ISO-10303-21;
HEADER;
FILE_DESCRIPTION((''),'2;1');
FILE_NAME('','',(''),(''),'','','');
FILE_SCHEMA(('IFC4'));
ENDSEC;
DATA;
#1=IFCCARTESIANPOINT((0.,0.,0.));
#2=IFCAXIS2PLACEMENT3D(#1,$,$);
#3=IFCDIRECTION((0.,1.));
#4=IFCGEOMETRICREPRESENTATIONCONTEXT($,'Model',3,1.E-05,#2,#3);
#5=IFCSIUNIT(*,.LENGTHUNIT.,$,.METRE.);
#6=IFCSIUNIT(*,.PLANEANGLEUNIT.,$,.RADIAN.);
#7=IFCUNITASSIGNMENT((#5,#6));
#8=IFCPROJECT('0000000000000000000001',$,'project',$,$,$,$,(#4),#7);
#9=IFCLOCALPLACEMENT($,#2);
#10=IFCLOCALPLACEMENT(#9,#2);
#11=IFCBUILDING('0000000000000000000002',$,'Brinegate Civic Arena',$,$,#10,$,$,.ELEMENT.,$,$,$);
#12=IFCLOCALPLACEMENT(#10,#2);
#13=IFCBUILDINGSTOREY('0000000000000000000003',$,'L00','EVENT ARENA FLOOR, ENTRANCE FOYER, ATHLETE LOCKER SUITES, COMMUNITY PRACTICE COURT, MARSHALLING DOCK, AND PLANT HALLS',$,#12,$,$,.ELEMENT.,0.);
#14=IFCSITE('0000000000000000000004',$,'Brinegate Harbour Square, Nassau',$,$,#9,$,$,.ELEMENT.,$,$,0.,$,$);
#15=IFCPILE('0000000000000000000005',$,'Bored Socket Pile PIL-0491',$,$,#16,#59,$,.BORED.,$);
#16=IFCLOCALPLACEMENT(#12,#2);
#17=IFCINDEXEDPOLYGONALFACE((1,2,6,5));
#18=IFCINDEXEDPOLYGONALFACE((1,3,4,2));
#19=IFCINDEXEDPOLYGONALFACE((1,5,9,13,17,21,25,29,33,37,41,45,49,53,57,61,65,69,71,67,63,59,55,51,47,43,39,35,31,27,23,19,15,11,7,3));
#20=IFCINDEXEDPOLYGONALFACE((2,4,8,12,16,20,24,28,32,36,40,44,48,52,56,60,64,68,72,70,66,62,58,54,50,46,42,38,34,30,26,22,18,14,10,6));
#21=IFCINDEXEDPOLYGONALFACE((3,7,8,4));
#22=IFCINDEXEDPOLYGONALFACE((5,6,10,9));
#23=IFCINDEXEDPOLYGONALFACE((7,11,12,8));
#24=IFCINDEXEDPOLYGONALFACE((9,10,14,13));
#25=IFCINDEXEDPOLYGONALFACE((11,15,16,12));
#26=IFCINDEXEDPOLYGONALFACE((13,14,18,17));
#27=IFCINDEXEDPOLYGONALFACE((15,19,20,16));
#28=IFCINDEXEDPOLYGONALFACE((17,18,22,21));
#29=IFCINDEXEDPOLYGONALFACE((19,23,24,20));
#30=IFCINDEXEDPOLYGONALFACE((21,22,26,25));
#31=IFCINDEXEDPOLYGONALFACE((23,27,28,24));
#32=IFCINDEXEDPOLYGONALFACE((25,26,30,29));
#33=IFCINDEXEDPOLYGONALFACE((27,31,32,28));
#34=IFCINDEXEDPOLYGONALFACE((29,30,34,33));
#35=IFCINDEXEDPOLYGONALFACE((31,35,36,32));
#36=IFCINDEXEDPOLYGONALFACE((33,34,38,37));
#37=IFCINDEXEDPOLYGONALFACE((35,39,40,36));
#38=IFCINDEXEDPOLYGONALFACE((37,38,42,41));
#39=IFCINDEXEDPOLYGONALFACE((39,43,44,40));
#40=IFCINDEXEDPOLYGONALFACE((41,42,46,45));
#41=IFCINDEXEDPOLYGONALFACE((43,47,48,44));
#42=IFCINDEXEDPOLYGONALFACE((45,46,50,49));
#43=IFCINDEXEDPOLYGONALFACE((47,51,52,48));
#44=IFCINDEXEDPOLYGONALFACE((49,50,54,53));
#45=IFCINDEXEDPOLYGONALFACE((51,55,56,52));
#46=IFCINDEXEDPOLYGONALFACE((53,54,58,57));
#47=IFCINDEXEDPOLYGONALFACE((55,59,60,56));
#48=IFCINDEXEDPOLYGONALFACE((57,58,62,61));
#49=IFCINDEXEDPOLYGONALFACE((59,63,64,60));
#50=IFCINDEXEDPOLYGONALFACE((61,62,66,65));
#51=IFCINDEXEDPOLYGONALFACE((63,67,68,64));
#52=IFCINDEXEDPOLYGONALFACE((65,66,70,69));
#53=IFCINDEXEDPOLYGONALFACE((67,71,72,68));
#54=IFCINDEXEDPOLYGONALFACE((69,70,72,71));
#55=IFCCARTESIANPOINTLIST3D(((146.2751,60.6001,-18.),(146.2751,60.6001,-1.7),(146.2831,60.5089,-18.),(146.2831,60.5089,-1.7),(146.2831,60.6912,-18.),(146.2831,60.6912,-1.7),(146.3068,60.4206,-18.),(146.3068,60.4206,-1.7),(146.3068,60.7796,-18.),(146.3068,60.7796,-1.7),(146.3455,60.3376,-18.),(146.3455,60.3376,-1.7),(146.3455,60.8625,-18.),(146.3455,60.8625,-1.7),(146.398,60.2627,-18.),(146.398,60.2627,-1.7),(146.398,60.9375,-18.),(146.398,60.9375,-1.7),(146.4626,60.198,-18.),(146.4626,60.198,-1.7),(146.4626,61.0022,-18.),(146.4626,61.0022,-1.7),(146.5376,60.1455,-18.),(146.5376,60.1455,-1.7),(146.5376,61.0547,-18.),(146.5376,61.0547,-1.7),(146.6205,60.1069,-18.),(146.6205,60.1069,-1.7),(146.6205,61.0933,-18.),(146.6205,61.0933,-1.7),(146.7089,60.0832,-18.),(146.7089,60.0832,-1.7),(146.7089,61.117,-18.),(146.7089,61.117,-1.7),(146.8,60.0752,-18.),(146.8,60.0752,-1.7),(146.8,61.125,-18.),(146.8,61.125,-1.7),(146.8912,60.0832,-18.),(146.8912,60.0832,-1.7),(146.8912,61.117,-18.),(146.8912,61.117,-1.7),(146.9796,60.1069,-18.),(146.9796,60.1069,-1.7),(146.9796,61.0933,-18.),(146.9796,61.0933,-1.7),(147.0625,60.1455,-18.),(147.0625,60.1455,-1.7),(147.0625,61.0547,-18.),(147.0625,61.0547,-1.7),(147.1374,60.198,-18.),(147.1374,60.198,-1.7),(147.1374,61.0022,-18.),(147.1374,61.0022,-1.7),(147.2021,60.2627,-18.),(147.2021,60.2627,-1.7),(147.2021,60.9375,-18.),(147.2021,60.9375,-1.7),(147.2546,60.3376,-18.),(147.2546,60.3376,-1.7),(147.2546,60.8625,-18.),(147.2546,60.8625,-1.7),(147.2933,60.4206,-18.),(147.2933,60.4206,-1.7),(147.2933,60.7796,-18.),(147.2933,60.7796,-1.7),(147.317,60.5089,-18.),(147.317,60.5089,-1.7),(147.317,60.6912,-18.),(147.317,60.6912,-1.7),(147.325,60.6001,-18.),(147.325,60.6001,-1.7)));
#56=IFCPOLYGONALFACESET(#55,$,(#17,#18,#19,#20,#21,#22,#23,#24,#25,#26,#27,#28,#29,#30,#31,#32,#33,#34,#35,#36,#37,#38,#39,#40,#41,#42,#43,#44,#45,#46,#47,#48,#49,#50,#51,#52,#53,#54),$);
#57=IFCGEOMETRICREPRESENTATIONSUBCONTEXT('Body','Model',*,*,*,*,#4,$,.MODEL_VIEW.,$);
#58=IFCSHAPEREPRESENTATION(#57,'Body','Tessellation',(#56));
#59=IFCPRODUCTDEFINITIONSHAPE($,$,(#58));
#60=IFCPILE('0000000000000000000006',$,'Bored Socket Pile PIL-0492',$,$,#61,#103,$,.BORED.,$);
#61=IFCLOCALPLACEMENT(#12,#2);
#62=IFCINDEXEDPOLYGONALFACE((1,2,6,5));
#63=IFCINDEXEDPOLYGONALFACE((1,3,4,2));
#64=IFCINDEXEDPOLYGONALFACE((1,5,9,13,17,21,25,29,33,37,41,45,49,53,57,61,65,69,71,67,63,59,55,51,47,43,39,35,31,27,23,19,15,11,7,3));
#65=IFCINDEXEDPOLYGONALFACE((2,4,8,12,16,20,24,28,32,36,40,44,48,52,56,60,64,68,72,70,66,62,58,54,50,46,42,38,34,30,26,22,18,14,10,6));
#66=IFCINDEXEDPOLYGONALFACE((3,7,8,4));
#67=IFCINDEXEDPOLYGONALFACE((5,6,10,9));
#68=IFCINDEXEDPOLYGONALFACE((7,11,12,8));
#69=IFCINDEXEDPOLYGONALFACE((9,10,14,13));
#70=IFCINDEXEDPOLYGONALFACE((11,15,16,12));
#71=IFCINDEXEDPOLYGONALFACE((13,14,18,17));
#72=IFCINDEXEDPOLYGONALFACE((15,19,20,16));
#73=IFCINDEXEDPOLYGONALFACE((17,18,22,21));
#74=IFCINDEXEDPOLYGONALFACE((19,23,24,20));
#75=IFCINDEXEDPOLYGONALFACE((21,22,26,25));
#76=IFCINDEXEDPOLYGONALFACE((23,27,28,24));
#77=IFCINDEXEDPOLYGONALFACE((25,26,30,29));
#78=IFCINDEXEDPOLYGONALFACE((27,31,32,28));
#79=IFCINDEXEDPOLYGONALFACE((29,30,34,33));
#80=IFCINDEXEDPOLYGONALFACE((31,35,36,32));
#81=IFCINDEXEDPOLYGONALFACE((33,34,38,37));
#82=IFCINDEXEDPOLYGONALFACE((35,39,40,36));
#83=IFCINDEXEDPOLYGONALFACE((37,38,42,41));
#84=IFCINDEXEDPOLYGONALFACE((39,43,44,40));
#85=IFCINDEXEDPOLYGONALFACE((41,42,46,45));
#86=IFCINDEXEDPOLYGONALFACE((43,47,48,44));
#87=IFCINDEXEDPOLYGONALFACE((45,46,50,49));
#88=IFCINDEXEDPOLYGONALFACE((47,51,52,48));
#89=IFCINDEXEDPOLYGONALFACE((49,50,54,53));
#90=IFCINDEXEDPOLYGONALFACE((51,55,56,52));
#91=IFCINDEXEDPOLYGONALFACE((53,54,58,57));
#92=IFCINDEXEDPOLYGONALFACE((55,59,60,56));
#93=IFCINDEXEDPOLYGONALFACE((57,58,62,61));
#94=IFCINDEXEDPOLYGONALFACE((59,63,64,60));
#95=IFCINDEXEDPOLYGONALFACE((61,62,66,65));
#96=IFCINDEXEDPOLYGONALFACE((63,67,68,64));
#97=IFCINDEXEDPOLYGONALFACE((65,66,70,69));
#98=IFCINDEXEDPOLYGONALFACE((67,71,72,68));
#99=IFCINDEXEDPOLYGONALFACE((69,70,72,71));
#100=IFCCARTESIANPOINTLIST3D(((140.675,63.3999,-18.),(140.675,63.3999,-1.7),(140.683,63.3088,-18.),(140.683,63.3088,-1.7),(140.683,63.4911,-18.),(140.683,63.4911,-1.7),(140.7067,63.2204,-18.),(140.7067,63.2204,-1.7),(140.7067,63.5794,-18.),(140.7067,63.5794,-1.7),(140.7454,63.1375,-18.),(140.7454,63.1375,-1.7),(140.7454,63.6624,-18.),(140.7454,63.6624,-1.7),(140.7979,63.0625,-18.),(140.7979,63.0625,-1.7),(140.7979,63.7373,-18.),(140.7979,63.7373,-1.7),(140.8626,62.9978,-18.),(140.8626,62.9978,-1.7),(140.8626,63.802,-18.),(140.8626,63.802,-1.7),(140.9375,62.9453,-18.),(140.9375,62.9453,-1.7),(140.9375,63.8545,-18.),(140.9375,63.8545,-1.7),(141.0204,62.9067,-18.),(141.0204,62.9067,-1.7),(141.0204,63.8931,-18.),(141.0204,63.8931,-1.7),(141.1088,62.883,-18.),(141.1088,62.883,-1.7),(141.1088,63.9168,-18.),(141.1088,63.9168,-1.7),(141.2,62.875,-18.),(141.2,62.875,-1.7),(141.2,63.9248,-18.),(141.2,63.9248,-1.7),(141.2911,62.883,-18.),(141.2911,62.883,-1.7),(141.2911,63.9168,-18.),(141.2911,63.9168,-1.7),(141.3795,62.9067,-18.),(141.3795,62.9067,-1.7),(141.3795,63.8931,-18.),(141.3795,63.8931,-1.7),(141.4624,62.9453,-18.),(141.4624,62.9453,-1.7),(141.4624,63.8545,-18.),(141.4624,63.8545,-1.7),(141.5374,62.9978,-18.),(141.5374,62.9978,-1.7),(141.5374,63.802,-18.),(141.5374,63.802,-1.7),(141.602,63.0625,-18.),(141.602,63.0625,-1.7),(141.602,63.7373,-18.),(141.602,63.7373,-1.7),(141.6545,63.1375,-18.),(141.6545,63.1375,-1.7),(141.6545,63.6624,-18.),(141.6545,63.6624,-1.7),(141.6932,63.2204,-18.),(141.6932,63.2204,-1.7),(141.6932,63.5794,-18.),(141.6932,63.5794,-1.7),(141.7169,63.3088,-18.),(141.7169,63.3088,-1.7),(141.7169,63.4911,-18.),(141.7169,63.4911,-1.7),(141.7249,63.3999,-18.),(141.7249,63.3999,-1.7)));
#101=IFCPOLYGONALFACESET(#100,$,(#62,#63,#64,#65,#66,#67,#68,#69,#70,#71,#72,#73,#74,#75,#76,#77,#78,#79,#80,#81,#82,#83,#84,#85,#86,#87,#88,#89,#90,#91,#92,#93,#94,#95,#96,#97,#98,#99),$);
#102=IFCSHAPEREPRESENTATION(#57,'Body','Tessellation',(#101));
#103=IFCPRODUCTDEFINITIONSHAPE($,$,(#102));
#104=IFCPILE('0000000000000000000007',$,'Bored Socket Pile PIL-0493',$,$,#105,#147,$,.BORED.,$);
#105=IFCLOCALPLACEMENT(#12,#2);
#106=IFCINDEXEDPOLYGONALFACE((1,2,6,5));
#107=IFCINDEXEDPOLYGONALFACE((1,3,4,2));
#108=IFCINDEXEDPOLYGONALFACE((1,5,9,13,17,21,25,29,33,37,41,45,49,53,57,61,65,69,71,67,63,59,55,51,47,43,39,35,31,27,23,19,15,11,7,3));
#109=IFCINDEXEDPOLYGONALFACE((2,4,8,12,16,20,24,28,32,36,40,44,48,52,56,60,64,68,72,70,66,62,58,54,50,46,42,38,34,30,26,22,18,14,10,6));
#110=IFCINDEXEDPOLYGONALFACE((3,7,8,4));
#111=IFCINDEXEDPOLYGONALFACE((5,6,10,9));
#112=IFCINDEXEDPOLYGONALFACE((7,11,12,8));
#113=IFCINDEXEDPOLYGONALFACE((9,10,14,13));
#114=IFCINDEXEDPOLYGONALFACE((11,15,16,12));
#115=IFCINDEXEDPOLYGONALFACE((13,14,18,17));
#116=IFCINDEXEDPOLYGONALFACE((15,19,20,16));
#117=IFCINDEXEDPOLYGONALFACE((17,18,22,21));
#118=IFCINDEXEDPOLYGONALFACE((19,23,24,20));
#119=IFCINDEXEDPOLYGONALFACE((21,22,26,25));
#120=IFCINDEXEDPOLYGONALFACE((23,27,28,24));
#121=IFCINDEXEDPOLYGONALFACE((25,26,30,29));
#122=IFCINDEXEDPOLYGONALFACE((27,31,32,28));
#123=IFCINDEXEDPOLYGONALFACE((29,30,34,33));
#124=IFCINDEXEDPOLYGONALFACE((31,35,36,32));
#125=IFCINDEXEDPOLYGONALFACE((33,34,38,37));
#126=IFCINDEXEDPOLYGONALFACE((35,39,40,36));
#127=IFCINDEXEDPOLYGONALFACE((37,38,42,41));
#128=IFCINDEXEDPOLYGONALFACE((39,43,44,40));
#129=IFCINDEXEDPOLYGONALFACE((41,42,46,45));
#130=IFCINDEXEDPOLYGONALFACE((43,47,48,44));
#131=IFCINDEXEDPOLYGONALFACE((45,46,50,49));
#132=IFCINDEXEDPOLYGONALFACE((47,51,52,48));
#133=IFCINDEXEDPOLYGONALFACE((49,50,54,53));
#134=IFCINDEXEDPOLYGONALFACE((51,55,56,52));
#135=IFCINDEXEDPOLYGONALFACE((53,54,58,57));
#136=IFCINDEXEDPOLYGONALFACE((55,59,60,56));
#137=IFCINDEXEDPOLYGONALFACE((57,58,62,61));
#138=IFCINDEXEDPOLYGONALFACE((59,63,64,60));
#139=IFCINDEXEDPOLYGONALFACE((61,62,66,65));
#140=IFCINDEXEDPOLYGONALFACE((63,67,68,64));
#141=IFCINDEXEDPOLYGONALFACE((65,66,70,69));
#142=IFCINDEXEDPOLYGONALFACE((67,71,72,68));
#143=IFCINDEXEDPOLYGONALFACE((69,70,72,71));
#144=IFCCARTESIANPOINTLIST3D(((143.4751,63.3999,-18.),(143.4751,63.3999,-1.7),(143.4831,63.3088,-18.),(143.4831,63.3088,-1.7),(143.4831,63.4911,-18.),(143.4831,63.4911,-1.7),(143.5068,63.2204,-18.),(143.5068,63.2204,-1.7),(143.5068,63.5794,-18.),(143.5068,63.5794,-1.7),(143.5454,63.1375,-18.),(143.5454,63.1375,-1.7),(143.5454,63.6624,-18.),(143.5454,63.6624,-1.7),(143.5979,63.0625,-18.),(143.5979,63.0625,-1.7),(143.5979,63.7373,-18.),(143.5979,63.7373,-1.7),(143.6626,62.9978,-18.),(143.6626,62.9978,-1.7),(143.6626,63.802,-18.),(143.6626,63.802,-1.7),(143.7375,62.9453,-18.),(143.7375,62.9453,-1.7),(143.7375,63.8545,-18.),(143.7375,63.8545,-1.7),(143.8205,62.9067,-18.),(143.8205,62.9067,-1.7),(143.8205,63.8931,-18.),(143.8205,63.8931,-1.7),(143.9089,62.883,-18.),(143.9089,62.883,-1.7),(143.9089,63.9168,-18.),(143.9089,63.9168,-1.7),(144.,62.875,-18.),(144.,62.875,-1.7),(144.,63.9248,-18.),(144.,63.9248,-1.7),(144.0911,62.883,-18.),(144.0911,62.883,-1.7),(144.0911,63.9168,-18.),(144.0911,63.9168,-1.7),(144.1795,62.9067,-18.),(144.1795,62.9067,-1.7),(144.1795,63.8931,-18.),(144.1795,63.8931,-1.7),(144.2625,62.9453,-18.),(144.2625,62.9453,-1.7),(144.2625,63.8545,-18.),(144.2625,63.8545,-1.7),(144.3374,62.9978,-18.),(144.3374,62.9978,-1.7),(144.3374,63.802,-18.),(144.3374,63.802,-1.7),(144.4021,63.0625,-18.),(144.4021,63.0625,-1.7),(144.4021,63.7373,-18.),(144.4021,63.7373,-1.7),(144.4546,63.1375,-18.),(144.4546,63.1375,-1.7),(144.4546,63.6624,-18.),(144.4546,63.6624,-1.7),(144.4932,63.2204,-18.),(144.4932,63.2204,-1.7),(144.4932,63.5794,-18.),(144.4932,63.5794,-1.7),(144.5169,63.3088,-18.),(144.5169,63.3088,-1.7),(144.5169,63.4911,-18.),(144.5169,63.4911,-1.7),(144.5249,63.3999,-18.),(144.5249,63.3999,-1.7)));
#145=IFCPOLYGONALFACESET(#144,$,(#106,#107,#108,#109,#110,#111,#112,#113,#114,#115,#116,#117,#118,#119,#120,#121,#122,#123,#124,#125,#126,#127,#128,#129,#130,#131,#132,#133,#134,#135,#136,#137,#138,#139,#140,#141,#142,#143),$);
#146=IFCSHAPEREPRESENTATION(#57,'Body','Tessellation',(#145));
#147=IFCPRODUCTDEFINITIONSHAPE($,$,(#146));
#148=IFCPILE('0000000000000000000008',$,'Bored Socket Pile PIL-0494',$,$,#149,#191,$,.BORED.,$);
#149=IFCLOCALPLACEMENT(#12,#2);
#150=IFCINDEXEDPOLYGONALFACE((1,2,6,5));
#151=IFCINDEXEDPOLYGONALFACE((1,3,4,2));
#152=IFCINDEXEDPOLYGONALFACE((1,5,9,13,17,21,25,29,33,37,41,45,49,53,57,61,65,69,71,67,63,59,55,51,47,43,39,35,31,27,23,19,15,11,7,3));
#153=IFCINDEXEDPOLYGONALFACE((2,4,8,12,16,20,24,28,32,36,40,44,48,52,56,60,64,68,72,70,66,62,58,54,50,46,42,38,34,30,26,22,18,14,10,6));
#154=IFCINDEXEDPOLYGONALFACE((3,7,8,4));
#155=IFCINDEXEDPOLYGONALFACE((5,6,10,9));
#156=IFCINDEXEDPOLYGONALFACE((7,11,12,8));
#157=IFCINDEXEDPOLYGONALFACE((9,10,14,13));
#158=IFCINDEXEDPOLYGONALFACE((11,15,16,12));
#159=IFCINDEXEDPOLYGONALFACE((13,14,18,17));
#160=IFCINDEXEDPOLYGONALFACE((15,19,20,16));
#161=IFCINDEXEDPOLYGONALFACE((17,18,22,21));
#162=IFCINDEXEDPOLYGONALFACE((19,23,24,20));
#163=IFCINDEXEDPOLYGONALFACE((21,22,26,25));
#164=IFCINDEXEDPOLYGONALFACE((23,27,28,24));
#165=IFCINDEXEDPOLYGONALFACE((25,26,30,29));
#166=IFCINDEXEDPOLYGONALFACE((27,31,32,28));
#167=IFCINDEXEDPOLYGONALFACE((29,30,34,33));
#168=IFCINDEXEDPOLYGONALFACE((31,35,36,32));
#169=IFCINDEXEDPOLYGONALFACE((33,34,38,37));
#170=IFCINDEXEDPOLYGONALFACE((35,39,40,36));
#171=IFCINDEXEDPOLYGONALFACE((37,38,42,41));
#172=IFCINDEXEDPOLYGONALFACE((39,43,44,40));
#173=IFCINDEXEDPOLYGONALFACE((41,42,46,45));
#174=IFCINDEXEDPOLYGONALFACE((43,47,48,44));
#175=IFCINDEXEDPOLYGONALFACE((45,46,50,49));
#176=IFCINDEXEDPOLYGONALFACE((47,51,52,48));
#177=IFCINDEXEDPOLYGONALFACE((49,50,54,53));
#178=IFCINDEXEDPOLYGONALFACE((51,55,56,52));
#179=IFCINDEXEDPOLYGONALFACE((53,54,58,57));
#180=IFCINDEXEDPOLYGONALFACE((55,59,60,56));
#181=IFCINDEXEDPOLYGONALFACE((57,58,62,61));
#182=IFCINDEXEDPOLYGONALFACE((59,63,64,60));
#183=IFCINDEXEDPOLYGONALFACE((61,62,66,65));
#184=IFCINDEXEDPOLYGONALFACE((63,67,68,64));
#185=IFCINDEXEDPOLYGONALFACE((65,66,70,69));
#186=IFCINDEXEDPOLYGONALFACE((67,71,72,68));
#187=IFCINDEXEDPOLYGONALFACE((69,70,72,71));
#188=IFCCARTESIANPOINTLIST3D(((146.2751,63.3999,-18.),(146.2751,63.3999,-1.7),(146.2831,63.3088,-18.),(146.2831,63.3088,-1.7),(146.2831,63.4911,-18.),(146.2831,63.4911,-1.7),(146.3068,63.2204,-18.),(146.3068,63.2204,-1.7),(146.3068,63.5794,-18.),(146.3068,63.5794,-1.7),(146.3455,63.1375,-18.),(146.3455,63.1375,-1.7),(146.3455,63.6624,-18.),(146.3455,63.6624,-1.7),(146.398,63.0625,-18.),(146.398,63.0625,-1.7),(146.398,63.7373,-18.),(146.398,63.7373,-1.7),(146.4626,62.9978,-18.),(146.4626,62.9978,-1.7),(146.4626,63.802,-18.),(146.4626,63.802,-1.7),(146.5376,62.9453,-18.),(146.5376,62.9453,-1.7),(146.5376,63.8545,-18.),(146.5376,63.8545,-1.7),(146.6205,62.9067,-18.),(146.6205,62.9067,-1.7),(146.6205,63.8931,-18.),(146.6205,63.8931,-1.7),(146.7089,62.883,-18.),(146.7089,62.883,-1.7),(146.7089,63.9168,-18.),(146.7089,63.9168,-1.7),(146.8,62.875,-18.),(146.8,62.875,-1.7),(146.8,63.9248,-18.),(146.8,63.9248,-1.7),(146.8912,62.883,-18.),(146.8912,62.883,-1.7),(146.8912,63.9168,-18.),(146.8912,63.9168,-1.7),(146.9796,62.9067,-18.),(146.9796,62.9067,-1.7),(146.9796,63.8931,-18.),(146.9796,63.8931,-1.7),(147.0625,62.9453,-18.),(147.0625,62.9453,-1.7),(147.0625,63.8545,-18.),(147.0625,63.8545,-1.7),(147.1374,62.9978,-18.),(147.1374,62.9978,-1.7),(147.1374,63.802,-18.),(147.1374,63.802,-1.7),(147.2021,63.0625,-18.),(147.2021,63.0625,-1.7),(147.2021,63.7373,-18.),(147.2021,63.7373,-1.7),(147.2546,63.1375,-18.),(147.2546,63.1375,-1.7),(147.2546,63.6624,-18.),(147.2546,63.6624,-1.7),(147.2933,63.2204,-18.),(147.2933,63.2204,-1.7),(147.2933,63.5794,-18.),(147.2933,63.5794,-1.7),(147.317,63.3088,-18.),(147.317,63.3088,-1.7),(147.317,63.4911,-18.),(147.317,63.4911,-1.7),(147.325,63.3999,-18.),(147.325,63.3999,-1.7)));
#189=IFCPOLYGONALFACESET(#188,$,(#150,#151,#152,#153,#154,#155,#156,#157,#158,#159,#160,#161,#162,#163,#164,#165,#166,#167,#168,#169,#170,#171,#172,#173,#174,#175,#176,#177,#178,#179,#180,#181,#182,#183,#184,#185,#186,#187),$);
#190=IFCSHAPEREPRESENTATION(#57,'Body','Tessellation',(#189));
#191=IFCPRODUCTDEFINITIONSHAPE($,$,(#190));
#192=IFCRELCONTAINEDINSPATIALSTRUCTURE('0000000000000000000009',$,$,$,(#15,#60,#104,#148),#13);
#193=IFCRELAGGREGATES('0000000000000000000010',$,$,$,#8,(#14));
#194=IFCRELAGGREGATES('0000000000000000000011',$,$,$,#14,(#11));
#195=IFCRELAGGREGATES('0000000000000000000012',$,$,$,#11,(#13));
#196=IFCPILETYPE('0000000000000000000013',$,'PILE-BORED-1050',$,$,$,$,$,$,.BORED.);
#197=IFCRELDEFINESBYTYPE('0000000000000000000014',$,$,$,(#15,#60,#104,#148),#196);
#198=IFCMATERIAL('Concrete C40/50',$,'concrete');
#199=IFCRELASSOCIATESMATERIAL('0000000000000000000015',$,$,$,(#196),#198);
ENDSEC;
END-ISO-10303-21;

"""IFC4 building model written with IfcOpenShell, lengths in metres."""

from ifc_helpers import new_model, si_unit, direction, frame, origin, origin_2d, place, context, subcontext, project, spatial, circle, extrude, material, material_profile, profile_set, type_object, element, save


model = new_model("IFC4")

# Units and contexts
model_context = context("Model", 3, precision=1e-05, world=origin(), true_north=direction((0.0, 1.0)))
body_context = subcontext(model_context, "Body", "Model", "MODEL_VIEW")
ifc_project = project(units=[si_unit("LENGTHUNIT", "METRE"), si_unit("PLANEANGLEUNIT", "RADIAN")], contexts=[model_context])

# Site, building, storey
site_placement = place(None, origin())
site = spatial("IfcSite", under=ifc_project, at=site_placement, Name="Brinegate Harbour Square, Nassau", CompositionType="ELEMENT", RefElevation=0.0)
building_placement = place(site_placement, origin())
building = spatial("IfcBuilding", under=site, at=building_placement, Name="Brinegate Civic Arena", CompositionType="ELEMENT")
storey_placement = place(building_placement, origin())
storey = spatial("IfcBuildingStorey", under=building, at=storey_placement, Name="L00", Description="EVENT ARENA FLOOR, ENTRANCE FOYER, ATHLETE LOCKER SUITES, COMMUNITY PRACTICE COURT, MARSHALLING DOCK, AND PLANT HALLS", CompositionType="ELEMENT", Elevation=0.0)

# Shared definitions
ifc_material_1 = material(Name="Concrete C40/50", Category="concrete")

# Piles
ifc_material_profile_1 = material_profile(ifc_material_1, circle(Radius=0.5249, at=origin_2d()), Name="PILED1050")
ifc_profile_set_1 = profile_set([ifc_material_profile_1], Name="Concrete C40/50")
pile_type = type_object("IfcPileType", Name="PILE-BORED-1050", PredefinedType="BORED", material=ifc_profile_set_1)
for number, where, z_axis, x_axis, name in (
    (1, (146.8, 60.6001, -1.7), (0.0, 0.0, -1.0), (1.0, 0.0, 0.0), "Bored Socket Pile PIL-0491"),
    (2, (141.2, 63.3999, -1.7), (0.0, 0.0, -1.0), (1.0, 0.0, 0.0), "Bored Socket Pile PIL-0492"),
    (3, (144.0, 63.3999, -1.7), (0.0, 0.0, -1.0), (1.0, 0.0, 0.0), "Bored Socket Pile PIL-0493"),
    (4, (146.8, 63.3999, -1.7), (0.0, 0.0, -1.0), (1.0, 0.0, 0.0), "Bored Socket Pile PIL-0494"),
):
    element("IfcPile", number, at=place(storey_placement, frame(where, z_axis=z_axis, x_axis=x_axis)), inside=storey, type_object=pile_type, Name=name, PredefinedType="BORED", context=body_context, shape_type="SweptSolid", body=[
        extrude(circle(Radius=0.5249, at=origin_2d()), origin(), (0.0, 0.0, 1.0), 16.3),
    ])

save(model, "model.ifc")
